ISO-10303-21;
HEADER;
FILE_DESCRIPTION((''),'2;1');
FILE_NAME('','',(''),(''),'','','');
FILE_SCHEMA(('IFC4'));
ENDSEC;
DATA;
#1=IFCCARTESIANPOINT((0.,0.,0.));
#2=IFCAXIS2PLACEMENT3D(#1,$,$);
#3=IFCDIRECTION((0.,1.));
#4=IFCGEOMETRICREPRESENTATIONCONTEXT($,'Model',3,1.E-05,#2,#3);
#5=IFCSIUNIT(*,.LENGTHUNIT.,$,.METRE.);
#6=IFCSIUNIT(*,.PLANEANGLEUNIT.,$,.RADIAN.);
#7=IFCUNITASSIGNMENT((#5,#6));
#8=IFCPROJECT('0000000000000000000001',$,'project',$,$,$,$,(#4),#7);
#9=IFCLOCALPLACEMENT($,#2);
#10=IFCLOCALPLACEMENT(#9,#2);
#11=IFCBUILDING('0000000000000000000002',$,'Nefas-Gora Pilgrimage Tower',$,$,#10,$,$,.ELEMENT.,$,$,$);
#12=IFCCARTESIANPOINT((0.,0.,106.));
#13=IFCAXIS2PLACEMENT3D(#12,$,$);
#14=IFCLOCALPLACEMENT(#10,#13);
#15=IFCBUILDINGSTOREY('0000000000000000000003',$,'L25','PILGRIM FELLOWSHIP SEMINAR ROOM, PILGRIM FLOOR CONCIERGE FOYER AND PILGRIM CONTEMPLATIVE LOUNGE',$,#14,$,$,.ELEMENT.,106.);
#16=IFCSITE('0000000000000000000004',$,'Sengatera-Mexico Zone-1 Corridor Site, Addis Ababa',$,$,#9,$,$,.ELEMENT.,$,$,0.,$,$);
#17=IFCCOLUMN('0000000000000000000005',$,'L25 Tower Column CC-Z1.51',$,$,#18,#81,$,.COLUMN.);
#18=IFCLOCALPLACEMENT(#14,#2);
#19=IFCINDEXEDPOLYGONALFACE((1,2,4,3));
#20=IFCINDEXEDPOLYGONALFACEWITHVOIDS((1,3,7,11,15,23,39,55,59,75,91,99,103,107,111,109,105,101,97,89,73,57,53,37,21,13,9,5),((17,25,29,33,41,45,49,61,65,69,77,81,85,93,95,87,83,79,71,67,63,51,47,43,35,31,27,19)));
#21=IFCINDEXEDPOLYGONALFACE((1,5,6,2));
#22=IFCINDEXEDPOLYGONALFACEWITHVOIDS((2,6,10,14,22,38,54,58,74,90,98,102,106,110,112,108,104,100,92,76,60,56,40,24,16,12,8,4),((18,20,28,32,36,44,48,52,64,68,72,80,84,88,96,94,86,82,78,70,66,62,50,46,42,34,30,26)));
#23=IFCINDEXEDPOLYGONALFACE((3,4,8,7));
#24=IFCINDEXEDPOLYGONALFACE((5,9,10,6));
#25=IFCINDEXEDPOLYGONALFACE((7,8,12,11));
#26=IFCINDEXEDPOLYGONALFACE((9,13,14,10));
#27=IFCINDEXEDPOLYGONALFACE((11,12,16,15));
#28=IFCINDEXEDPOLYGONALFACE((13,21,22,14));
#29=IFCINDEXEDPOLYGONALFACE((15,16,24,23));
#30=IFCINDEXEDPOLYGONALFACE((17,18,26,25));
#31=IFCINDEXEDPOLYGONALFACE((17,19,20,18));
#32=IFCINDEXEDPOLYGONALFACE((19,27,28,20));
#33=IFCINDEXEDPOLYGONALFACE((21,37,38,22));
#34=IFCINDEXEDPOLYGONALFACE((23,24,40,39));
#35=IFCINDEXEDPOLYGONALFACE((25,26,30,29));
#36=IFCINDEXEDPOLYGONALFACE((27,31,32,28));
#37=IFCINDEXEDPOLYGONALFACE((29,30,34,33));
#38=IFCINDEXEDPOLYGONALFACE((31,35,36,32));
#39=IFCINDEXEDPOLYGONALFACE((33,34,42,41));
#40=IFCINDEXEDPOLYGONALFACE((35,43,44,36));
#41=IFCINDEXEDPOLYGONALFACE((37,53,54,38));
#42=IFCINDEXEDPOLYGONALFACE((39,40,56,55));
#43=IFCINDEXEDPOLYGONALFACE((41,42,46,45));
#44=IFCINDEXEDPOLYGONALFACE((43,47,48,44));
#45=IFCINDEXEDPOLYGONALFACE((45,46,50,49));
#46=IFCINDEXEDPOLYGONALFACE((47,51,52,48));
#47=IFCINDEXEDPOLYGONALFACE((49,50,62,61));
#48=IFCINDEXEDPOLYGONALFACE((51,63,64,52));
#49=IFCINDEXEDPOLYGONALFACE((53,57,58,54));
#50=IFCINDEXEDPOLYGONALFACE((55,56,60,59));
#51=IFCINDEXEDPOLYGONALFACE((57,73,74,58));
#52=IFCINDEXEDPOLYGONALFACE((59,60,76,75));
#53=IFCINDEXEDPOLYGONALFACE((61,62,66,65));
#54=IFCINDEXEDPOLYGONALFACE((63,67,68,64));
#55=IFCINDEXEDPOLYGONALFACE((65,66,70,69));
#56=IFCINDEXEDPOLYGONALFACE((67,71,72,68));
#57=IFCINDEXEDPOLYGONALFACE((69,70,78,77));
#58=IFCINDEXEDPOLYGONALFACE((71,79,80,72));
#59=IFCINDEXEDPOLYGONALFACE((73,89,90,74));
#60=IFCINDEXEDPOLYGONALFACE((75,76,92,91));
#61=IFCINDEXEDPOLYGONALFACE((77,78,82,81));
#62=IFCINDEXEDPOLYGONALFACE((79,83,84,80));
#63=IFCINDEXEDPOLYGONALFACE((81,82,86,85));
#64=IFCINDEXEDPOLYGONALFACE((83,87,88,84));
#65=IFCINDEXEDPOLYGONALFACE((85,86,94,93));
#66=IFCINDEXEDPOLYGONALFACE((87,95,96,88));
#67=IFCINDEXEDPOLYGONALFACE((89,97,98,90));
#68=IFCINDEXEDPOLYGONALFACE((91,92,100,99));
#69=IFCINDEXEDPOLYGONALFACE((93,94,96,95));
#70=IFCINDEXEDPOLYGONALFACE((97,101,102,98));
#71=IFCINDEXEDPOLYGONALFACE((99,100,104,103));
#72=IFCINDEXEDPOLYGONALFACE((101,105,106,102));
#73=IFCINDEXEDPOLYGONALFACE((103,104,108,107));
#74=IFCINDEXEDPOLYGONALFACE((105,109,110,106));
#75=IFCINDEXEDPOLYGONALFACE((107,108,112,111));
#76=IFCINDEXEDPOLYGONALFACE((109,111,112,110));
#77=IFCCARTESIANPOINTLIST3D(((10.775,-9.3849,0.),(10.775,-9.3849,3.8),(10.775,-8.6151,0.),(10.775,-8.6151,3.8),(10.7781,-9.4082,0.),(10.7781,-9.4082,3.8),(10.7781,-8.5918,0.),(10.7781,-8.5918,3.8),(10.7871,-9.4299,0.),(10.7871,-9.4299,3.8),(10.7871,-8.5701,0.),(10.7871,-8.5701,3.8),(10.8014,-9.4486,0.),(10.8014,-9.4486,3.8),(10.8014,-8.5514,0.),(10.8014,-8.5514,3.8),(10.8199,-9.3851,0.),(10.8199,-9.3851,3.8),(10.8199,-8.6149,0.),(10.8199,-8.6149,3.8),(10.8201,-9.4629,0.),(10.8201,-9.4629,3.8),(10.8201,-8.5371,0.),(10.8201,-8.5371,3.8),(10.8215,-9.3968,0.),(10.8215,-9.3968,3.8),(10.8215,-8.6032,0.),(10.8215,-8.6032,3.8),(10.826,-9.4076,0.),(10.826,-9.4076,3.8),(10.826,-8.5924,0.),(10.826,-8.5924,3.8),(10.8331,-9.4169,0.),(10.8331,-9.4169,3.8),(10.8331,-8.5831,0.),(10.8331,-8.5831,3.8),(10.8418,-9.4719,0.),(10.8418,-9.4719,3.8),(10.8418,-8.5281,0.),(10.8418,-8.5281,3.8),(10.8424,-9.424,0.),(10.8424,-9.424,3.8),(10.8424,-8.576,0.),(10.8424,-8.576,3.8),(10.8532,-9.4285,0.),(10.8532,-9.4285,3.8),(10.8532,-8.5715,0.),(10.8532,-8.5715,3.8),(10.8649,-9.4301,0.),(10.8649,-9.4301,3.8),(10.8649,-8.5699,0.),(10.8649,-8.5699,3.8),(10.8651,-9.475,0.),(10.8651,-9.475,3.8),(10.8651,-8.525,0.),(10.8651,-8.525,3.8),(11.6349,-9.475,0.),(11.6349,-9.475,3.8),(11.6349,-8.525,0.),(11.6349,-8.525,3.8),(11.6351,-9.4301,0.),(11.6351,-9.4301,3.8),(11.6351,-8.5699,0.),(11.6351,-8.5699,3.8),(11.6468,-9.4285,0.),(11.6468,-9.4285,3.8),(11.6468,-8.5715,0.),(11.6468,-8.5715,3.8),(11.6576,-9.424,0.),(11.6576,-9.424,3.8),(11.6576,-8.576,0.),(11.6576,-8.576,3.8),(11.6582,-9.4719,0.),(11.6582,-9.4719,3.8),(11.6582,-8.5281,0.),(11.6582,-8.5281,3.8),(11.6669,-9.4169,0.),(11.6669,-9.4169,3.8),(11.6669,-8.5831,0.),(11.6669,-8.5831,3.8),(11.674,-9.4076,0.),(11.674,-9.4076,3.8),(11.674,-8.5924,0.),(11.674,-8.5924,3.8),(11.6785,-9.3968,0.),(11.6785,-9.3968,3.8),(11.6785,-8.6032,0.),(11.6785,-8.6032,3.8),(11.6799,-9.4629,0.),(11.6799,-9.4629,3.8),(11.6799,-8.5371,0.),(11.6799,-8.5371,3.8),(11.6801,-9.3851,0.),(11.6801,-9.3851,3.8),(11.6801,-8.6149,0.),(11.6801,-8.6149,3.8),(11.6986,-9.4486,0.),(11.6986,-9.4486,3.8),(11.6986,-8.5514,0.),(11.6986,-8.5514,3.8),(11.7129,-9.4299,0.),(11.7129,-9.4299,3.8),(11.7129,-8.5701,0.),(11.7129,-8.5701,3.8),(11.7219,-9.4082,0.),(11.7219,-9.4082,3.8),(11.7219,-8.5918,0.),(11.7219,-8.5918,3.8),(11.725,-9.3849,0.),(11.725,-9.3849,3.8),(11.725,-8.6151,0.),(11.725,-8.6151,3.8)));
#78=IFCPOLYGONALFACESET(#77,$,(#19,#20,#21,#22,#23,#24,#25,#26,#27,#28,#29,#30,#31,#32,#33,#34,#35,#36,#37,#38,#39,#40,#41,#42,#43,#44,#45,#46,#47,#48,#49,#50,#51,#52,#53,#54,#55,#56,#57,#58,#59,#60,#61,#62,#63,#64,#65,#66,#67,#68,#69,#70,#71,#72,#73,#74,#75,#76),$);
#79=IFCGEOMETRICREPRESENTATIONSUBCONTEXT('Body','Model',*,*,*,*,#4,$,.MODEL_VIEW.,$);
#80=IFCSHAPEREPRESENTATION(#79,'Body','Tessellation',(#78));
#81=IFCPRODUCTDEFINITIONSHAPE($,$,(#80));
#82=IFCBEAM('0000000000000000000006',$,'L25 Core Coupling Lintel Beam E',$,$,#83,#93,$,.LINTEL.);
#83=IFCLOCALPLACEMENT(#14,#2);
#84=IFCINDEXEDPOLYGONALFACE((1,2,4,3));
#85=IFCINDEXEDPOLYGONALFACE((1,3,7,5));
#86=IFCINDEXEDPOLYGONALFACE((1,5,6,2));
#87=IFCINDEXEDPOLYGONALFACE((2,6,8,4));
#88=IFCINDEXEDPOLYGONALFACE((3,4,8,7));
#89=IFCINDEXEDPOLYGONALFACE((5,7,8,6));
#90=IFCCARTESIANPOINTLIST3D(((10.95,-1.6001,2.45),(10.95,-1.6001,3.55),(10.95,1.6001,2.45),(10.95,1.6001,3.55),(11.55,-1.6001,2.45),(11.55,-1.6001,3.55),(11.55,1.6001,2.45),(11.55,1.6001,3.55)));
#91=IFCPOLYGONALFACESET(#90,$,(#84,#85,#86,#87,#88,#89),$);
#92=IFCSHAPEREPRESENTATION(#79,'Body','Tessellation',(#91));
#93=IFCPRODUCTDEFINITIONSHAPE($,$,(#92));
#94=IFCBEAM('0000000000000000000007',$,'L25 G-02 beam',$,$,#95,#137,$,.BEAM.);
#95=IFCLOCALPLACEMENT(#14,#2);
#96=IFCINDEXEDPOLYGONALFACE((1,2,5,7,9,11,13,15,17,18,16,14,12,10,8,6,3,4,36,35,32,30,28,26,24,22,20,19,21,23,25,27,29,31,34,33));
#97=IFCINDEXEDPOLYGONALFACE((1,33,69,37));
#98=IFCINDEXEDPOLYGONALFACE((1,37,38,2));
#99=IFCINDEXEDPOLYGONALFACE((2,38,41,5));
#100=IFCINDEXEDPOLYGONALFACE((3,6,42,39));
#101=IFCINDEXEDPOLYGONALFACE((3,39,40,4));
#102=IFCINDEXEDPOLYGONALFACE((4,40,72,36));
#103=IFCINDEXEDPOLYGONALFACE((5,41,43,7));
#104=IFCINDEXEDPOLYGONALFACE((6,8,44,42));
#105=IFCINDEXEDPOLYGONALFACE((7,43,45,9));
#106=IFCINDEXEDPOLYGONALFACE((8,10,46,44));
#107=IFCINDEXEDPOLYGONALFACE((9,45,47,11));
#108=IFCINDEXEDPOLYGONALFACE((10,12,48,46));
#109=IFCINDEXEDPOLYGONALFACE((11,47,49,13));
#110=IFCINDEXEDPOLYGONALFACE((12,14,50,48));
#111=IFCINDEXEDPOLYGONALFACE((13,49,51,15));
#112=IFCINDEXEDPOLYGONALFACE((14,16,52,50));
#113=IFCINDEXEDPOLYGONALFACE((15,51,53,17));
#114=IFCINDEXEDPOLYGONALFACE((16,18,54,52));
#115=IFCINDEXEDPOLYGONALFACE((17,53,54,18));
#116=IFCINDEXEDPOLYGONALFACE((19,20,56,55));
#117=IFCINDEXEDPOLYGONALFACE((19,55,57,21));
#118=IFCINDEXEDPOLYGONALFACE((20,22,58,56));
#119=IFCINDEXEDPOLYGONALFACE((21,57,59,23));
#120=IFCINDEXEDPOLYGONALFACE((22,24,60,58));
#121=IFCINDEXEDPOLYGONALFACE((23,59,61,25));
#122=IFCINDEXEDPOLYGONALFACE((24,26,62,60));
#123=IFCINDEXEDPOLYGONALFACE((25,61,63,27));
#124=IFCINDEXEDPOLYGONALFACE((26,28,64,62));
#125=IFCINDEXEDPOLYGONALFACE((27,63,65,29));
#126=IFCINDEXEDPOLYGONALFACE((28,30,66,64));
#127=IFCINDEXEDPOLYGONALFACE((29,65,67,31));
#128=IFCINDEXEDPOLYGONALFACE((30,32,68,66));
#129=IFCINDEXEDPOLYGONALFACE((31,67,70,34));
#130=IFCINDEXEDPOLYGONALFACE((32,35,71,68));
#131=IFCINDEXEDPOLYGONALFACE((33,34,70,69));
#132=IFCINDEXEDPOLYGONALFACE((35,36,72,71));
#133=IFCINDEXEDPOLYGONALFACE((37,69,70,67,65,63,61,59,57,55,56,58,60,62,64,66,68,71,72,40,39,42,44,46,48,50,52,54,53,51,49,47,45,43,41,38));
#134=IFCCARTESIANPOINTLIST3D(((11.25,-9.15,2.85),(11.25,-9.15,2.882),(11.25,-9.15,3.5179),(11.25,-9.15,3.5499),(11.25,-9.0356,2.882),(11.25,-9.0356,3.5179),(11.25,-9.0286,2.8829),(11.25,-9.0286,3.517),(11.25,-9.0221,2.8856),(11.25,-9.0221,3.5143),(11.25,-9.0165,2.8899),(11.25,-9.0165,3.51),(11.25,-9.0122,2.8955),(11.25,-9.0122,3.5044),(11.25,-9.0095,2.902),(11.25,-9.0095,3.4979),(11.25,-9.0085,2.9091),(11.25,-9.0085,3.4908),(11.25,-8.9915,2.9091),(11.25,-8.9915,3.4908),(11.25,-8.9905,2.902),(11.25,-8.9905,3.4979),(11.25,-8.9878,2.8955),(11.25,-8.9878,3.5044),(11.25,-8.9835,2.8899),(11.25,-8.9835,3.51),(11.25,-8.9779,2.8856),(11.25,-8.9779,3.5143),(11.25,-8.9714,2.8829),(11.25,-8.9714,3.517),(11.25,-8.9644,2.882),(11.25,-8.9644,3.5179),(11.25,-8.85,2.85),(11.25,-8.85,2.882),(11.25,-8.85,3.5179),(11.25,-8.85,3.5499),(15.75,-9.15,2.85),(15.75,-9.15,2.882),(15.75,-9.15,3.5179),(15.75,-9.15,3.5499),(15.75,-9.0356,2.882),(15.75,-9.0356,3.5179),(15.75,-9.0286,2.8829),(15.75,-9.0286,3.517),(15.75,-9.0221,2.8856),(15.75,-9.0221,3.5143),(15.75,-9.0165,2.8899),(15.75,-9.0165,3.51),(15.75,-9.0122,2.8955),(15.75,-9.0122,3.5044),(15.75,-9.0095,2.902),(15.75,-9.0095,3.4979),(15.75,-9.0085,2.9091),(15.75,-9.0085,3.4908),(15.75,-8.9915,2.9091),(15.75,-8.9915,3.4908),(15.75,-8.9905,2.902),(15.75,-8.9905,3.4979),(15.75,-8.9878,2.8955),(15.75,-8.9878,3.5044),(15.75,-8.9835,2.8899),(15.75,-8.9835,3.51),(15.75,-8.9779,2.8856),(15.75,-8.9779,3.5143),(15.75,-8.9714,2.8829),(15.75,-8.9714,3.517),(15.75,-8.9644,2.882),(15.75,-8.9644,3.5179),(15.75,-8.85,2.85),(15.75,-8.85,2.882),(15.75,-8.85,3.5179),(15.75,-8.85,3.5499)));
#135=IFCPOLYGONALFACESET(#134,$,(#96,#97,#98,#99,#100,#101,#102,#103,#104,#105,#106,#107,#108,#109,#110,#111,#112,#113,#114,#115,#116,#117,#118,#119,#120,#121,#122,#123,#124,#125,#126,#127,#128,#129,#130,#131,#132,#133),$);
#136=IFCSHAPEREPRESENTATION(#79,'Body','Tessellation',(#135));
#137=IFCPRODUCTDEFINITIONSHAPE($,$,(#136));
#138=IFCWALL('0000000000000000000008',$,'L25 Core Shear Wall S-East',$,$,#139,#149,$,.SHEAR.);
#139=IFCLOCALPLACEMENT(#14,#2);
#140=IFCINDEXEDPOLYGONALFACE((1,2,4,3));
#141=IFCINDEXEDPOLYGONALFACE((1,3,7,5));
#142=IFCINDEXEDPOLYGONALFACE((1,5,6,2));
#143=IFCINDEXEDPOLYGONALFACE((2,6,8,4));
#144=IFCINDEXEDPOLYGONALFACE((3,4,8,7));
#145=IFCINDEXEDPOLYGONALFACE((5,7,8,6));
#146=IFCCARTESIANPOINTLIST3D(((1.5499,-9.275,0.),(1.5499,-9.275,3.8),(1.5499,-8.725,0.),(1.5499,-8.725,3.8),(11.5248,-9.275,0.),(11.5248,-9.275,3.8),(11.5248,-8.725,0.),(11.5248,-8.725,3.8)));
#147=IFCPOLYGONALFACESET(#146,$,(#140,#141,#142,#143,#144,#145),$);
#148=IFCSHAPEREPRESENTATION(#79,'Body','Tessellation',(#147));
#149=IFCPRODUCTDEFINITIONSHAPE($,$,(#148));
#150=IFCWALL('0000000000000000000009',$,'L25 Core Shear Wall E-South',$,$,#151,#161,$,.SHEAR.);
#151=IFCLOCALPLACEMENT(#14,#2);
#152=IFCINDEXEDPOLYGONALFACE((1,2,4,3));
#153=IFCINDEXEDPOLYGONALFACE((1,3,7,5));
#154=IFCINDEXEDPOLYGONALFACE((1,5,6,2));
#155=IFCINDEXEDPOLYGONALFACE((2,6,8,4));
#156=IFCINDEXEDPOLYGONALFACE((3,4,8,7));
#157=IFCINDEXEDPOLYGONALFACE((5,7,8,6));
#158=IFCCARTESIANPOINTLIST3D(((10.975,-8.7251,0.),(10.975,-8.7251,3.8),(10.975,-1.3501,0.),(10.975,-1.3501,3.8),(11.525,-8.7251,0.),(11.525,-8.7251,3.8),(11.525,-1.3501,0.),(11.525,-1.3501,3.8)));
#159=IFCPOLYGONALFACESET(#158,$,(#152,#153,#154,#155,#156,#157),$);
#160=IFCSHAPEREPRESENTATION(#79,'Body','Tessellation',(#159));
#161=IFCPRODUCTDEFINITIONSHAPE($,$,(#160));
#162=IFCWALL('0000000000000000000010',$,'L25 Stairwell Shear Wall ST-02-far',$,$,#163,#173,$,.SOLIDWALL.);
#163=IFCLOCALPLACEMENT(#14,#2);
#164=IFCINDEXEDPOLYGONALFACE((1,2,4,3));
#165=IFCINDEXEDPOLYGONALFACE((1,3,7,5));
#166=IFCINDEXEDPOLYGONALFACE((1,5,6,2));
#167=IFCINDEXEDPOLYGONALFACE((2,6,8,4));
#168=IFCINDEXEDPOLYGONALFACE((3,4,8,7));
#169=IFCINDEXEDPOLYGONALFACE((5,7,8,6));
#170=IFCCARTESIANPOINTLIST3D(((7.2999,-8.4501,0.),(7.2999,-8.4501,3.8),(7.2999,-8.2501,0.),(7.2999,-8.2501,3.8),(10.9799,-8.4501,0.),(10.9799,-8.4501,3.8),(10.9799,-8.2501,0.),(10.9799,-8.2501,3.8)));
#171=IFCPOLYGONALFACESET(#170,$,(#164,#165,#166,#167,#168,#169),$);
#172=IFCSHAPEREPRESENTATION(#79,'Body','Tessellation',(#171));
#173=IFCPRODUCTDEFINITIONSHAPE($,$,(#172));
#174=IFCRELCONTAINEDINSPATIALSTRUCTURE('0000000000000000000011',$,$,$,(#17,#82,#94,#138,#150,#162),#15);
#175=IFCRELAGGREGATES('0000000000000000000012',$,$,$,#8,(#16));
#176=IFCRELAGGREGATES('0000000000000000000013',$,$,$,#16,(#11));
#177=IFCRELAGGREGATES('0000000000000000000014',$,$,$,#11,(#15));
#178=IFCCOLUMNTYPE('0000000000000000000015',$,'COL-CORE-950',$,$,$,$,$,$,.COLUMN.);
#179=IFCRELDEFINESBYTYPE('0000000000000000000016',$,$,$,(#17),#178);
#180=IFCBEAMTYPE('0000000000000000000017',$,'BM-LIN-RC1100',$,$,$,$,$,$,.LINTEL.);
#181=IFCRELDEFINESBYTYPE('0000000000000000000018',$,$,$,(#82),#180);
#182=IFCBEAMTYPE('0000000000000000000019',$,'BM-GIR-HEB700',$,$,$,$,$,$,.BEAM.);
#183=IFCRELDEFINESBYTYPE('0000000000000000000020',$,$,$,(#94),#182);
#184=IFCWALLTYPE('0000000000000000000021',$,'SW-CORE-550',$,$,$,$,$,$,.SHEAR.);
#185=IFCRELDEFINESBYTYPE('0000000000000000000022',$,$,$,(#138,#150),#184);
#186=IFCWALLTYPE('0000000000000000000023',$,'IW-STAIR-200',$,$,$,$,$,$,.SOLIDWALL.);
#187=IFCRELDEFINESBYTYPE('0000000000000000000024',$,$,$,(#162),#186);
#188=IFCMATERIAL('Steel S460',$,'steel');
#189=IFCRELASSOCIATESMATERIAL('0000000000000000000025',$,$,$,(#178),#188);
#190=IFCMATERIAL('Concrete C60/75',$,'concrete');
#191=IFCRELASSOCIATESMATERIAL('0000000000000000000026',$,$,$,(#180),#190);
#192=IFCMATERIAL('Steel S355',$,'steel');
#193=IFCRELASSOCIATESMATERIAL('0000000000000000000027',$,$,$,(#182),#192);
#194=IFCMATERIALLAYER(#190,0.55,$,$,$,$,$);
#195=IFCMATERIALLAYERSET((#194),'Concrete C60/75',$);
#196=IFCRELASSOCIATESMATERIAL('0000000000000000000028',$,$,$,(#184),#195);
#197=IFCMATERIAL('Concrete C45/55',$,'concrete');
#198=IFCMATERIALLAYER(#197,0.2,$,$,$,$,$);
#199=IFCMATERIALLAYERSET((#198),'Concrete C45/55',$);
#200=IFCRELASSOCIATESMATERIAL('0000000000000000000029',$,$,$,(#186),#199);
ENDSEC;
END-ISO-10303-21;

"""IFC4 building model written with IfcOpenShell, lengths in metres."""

from ifc_helpers import new_model, si_unit, direction, frame, frame_2d, origin, origin_2d, place, context, subcontext, project, spatial, rectangle, hollow_rectangle, i_section, extrude, source, transform, mapped, material, layer, layer_set, material_profile, profile_set, type_object, element, save


model = new_model("IFC4")

# Units and contexts
model_context = context("Model", 3, precision=1e-05, world=origin(), true_north=direction((0.0, 1.0)))
body_context = subcontext(model_context, "Body", "Model", "MODEL_VIEW")
ifc_project = project(units=[si_unit("LENGTHUNIT", "METRE"), si_unit("PLANEANGLEUNIT", "RADIAN")], contexts=[model_context])

# Site, building, storey
site_placement = place(None, origin())
site = spatial("IfcSite", under=ifc_project, at=site_placement, Name="Sengatera-Mexico Zone-1 Corridor Site, Addis Ababa", CompositionType="ELEMENT", RefElevation=0.0)
building_placement = place(site_placement, origin())
building = spatial("IfcBuilding", under=site, at=building_placement, Name="Nefas-Gora Pilgrimage Tower", CompositionType="ELEMENT")
storey_placement = place(building_placement, frame((0.0, 0.0, 106.0)))
storey = spatial("IfcBuildingStorey", under=building, at=storey_placement, Name="L25", Description="PILGRIM FELLOWSHIP SEMINAR ROOM, PILGRIM FLOOR CONCIERGE FOYER AND PILGRIM CONTEMPLATIVE LOUNGE", CompositionType="ELEMENT", Elevation=106.0)

# Column
ifc_material_1 = material(Name="Steel S460", Category="steel")
ifc_material_profile_1 = material_profile(ifc_material_1, hollow_rectangle(XDim=0.95, YDim=0.95, WallThickness=0.0449, InnerFilletRadius=0.0449, OuterFilletRadius=0.0901, at=origin_2d()), Name="BOX 950x950x45")
ifc_profile_set_1 = profile_set([ifc_material_profile_1], Name="Steel S460")
column_type = type_object("IfcColumnType", Name="COL-CORE-950", PredefinedType="COLUMN", material=ifc_profile_set_1)
shared_shape_1 = source(origin(), body_context, "Body", "SweptSolid", [
    extrude(hollow_rectangle(XDim=0.95, YDim=0.95, WallThickness=0.0449, InnerFilletRadius=0.0449, OuterFilletRadius=0.0901, at=origin_2d()), origin(), (0.0, 0.0, 1.0), 3.8),
])
column_placement = place(storey_placement, frame((11.25, -9.0, 0.0), z_axis=(0.0, 0.0, 1.0), x_axis=(1.0, 0.0, 0.0)))
element("IfcColumn", 1, at=column_placement, inside=storey, type_object=column_type, Name="L25 Tower Column CC-Z1.51", PredefinedType="COLUMN", context=body_context, shape_type="MappedRepresentation", body=[
    mapped(shared_shape_1, transform((0.0, 0.0, 0.0), x_axis=(1.0, 0.0, 0.0), y_axis=(0.0, 1.0, 0.0), z_axis=(0.0, 0.0, 1.0), scale=1.0)),
])

# Beams
ifc_material_2 = material(Name="Concrete C60/75", Category="concrete")
ifc_material_profile_2 = material_profile(ifc_material_2, rectangle(XDim=0.6001, YDim=1.1001, at=origin_2d()), Name="RC 600x1100")
ifc_profile_set_2 = profile_set([ifc_material_profile_2], Name="Concrete C60/75")
beam_type_1 = type_object("IfcBeamType", Name="BM-LIN-RC1100", PredefinedType="LINTEL", material=ifc_profile_set_2)
shared_shape_2 = source(origin(), body_context, "Body", "SweptSolid", [
    extrude(rectangle(XDim=0.6001, YDim=1.1001, at=origin_2d()), origin(), (0.0, 0.0, 1.0), 3.2002),
])
beam_1_placement = place(storey_placement, frame((11.25, -1.6001, 3.0), z_axis=(0.0, 1.0, 0.0), x_axis=(-1.0, 0.0, 0.0)))
element("IfcBeam", 2, at=beam_1_placement, inside=storey, type_object=beam_type_1, Name="L25 Core Coupling Lintel Beam E", PredefinedType="LINTEL", context=body_context, shape_type="MappedRepresentation", body=[
    mapped(shared_shape_2, transform((0.0, 0.0, 0.0), x_axis=(1.0, 0.0, 0.0), y_axis=(0.0, 1.0, 0.0), z_axis=(0.0, 0.0, 1.0), scale=1.0)),
])
ifc_material_3 = material(Name="Steel S355", Category="steel")
ifc_material_profile_3 = material_profile(ifc_material_3, i_section(OverallWidth=0.3, OverallDepth=0.7, WebThickness=0.0171, FlangeThickness=0.032, FilletRadius=0.0271, at=origin_2d()), Name="HEB 700")
ifc_profile_set_3 = profile_set([ifc_material_profile_3], Name="Steel S355")
beam_type_2 = type_object("IfcBeamType", Name="BM-GIR-HEB700", PredefinedType="BEAM", material=ifc_profile_set_3)
shared_shape_3 = source(origin(), body_context, "Body", "SweptSolid", [
    extrude(i_section(OverallWidth=0.3, OverallDepth=0.7, WebThickness=0.0171, FlangeThickness=0.032, FilletRadius=0.0271, at=origin_2d()), origin(), (0.0, 0.0, 1.0), 4.5),
])
beam_2_placement = place(storey_placement, frame((11.25, -9.0, 3.2), z_axis=(1.0, 0.0, 0.0), x_axis=(0.0, 1.0, 0.0)))
element("IfcBeam", 3, at=beam_2_placement, inside=storey, type_object=beam_type_2, Name="L25 G-02 beam", PredefinedType="BEAM", context=body_context, shape_type="MappedRepresentation", body=[
    mapped(shared_shape_3, transform((0.0, 0.0, 0.0), x_axis=(1.0, 0.0, 0.0), y_axis=(0.0, 1.0, 0.0), z_axis=(0.0, 0.0, 1.0), scale=1.0)),
])

# Walls
ifc_layer_1 = layer(ifc_material_2, 0.55)
ifc_layer_set_1 = layer_set([ifc_layer_1], Name="Concrete C60/75")
wall_type_1 = type_object("IfcWallType", Name="SW-CORE-550", PredefinedType="SHEAR", material=ifc_layer_set_1)
shared_shape_4 = source(origin(), body_context, "Body", "SweptSolid", [
    extrude(rectangle(XDim=9.9749, YDim=0.55, at=frame_2d((4.9873, 0.0))), origin(), (0.0, 0.0, 1.0), 3.8),
])
wall_1_placement = place(storey_placement, frame((1.55, -9.0, 0.0), z_axis=(0.0, 0.0, 1.0), x_axis=(1.0, 0.0, 0.0)))
element("IfcWall", 4, at=wall_1_placement, inside=storey, type_object=wall_type_1, Name="L25 Core Shear Wall S-East", PredefinedType="SHEAR", context=body_context, shape_type="MappedRepresentation", body=[
    mapped(shared_shape_4, transform((0.0, 0.0, 0.0), x_axis=(1.0, 0.0, 0.0), y_axis=(0.0, 1.0, 0.0), z_axis=(0.0, 0.0, 1.0), scale=1.0)),
])
shared_shape_5 = source(origin(), body_context, "Body", "SweptSolid", [
    extrude(rectangle(XDim=7.375, YDim=0.55, at=frame_2d((3.6875, 0.0))), origin(), (0.0, 0.0, 1.0), 3.8),
])
wall_2_placement = place(storey_placement, frame((11.25, -8.7251, 0.0), z_axis=(0.0, 0.0, 1.0), x_axis=(0.0, 1.0, 0.0)))
element("IfcWall", 5, at=wall_2_placement, inside=storey, type_object=wall_type_1, Name="L25 Core Shear Wall E-South", PredefinedType="SHEAR", context=body_context, shape_type="MappedRepresentation", body=[
    mapped(shared_shape_5, transform((0.0, 0.0, 0.0), x_axis=(1.0, 0.0, 0.0), y_axis=(0.0, 1.0, 0.0), z_axis=(0.0, 0.0, 1.0), scale=1.0)),
])
ifc_material_4 = material(Name="Concrete C45/55", Category="concrete")
ifc_layer_2 = layer(ifc_material_4, 0.2)
ifc_layer_set_2 = layer_set([ifc_layer_2], Name="Concrete C45/55")
wall_type_2 = type_object("IfcWallType", Name="IW-STAIR-200", PredefinedType="SOLIDWALL", material=ifc_layer_set_2)
shared_shape_6 = source(origin(), body_context, "Body", "SweptSolid", [
    extrude(rectangle(XDim=3.6799, YDim=0.2, at=frame_2d((1.8398, 0.0))), origin(), (0.0, 0.0, 1.0), 3.8),
])
wall_3_placement = place(storey_placement, frame((7.3, -8.3501, 0.0), z_axis=(0.0, 0.0, 1.0), x_axis=(1.0, 0.0, 0.0)))
element("IfcWall", 6, at=wall_3_placement, inside=storey, type_object=wall_type_2, Name="L25 Stairwell Shear Wall ST-02-far", PredefinedType="SOLIDWALL", context=body_context, shape_type="MappedRepresentation", body=[
    mapped(shared_shape_6, transform((0.0, 0.0, 0.0), x_axis=(1.0, 0.0, 0.0), y_axis=(0.0, 1.0, 0.0), z_axis=(0.0, 0.0, 1.0), scale=1.0)),
])

save(model, "model.ifc")
